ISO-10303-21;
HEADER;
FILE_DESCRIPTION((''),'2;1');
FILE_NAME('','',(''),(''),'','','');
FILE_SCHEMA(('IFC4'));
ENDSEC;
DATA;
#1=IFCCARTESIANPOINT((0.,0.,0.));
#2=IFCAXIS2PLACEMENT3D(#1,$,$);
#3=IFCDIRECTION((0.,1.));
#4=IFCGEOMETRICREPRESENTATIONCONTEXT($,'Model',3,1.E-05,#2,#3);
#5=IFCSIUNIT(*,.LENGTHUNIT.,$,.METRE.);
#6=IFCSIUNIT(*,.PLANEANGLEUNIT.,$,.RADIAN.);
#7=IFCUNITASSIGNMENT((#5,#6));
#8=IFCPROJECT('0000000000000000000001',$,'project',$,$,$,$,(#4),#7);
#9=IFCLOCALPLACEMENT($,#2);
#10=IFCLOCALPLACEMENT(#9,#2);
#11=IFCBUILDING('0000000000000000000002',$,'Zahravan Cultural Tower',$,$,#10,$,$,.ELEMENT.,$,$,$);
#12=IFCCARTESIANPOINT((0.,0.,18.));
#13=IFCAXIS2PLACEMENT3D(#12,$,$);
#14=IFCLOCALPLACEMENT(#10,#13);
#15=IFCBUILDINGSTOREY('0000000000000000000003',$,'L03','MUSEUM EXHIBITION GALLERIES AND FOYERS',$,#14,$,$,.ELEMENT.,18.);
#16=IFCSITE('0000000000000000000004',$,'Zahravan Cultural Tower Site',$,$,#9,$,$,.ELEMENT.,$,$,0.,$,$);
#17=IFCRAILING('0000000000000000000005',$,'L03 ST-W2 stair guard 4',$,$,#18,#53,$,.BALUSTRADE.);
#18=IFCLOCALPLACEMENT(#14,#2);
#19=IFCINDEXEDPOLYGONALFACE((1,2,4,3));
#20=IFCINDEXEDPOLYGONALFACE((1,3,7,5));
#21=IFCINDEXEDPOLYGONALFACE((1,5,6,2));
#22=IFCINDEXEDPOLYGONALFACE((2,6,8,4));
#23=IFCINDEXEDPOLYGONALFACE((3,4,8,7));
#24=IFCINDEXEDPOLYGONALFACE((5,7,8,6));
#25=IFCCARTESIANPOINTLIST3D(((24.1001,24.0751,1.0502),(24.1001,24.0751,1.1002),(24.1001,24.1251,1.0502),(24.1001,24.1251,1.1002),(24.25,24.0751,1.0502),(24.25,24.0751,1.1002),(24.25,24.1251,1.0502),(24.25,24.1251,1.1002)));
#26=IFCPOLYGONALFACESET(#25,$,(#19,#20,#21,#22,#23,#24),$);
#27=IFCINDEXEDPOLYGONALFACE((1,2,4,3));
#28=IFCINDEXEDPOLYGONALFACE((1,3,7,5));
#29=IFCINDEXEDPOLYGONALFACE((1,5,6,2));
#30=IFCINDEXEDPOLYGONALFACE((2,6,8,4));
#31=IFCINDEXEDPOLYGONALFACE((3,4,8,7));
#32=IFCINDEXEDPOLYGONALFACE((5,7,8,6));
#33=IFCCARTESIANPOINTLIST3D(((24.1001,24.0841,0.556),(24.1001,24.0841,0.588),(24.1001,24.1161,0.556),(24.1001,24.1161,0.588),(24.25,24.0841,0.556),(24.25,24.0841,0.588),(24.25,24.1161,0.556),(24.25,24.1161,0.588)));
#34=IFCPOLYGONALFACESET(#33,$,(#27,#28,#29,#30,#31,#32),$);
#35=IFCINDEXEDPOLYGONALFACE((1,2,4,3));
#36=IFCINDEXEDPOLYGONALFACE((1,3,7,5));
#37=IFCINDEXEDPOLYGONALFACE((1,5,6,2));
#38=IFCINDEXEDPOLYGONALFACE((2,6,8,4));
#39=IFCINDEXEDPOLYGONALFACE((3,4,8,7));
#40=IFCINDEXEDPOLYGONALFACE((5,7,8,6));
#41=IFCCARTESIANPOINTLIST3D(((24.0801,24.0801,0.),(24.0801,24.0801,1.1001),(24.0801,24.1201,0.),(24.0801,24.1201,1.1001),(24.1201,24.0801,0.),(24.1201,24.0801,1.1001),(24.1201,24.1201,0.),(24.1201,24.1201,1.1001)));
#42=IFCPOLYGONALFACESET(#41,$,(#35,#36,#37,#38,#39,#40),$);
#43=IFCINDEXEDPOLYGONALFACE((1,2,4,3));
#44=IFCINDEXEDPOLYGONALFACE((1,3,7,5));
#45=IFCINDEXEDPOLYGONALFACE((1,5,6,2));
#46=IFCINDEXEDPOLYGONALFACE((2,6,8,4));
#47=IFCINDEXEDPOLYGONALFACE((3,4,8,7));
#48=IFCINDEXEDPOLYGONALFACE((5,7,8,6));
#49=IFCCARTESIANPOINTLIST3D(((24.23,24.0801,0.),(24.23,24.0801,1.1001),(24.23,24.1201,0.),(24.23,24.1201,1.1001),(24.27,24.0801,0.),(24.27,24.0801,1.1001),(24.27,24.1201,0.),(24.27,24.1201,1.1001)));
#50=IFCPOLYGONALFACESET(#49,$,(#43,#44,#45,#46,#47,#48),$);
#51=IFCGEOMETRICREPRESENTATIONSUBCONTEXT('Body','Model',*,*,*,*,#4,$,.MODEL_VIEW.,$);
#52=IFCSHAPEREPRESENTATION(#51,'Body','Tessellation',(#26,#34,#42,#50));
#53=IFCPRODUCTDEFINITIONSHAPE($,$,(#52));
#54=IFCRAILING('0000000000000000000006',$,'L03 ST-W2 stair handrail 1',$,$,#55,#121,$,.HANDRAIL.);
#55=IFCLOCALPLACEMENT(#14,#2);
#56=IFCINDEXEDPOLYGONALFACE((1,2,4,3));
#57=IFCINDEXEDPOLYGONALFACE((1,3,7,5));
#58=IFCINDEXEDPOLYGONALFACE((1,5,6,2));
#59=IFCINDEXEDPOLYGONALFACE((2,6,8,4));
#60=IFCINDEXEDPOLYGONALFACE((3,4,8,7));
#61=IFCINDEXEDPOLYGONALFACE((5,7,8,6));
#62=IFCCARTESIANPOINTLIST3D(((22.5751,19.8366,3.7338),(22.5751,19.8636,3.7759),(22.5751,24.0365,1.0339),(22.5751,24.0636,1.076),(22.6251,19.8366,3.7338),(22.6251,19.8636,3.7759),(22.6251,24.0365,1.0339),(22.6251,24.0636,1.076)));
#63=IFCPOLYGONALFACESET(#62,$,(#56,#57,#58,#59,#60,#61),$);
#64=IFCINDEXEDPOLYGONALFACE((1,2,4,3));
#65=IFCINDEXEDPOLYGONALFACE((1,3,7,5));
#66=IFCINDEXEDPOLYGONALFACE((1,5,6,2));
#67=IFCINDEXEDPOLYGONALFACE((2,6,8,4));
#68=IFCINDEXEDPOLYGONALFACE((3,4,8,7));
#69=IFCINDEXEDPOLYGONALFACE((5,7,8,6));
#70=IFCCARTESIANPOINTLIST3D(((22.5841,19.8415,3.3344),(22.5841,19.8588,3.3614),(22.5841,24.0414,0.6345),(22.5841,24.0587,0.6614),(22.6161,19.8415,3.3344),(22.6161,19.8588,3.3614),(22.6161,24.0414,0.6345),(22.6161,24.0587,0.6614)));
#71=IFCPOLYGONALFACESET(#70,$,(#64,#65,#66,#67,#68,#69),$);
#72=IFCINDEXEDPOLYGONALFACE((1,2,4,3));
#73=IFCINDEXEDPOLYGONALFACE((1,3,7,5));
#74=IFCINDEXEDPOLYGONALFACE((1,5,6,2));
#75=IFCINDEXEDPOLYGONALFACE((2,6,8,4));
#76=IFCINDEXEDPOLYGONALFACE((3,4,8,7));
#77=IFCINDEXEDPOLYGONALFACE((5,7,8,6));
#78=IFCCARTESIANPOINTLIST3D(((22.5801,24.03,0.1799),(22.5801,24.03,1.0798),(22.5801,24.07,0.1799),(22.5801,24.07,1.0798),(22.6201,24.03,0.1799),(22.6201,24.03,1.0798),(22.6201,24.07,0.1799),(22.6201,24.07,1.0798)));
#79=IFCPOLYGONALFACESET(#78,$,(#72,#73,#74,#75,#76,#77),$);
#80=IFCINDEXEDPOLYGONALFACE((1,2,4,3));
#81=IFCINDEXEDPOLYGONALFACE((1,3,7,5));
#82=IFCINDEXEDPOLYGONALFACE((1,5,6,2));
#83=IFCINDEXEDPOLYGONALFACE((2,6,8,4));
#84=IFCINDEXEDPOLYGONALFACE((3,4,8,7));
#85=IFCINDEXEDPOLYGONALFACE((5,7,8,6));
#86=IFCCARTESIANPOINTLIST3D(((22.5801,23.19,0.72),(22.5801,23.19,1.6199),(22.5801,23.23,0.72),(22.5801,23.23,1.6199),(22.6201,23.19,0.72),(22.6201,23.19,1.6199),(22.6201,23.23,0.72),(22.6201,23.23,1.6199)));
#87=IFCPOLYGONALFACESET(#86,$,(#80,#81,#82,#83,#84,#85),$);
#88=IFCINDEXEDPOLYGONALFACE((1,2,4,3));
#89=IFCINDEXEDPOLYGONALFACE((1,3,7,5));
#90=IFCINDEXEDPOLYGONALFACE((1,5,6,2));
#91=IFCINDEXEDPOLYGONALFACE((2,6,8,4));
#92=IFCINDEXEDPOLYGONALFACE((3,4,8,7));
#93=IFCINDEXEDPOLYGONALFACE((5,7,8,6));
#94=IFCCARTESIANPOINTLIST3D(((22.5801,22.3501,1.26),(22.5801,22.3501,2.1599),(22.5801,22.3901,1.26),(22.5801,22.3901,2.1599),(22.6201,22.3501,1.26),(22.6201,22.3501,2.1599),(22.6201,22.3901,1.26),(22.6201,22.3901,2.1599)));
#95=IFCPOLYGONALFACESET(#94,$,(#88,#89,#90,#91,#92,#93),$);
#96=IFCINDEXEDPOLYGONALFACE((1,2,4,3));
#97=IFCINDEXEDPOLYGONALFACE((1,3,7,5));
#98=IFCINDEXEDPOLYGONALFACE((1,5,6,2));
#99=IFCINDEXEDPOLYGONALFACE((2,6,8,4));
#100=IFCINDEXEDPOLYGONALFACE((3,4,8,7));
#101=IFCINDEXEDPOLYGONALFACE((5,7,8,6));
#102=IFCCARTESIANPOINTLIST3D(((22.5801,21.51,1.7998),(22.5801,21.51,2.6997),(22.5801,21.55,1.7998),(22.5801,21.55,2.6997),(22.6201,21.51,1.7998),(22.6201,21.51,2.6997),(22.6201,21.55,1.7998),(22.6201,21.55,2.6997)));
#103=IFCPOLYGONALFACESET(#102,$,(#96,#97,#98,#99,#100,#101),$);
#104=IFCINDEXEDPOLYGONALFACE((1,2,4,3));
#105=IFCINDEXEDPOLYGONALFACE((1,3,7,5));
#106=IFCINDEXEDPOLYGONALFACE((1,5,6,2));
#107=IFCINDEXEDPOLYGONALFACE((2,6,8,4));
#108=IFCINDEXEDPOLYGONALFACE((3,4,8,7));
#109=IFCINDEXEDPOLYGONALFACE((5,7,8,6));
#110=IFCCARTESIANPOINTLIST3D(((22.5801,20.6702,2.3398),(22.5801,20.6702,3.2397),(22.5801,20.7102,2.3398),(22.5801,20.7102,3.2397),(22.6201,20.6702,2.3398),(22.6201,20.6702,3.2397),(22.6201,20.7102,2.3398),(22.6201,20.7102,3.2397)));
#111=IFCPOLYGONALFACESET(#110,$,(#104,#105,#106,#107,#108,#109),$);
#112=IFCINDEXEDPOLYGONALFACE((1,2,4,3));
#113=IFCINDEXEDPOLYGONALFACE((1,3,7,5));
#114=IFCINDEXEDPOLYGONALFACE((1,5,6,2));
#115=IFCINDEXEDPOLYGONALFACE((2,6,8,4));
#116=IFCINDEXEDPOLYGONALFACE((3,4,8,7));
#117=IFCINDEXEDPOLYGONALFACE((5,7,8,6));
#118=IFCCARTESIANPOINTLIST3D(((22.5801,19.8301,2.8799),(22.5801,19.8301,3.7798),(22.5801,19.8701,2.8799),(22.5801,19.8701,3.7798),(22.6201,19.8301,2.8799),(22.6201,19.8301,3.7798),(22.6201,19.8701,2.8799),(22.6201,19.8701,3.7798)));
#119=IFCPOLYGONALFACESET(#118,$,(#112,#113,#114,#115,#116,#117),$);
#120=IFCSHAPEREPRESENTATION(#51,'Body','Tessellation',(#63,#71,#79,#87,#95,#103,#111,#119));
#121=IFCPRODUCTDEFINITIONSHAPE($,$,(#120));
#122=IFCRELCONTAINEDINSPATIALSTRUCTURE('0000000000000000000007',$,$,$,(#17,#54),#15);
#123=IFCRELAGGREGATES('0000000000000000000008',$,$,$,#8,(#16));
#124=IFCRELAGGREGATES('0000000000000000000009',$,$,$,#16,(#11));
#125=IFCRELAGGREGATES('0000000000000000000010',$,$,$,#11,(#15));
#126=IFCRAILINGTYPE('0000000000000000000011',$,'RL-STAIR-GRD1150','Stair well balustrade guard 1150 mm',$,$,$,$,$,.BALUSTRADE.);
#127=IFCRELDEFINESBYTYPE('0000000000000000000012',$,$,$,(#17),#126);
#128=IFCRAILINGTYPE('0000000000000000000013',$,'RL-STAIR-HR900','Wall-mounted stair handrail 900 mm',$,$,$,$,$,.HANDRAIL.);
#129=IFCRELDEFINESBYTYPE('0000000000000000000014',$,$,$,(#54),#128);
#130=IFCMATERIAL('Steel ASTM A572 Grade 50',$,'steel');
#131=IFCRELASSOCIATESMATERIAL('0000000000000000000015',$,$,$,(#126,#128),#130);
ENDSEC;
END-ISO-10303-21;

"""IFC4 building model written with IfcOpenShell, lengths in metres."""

from ifc_helpers import new_model, si_unit, direction, frame, origin, origin_2d, place, context, subcontext, project, spatial, rectangle, extrude, material, type_object, element, save


model = new_model("IFC4")

# Units and contexts
model_context = context("Model", 3, precision=1e-05, world=origin(), true_north=direction((0.0, 1.0)))
body_context = subcontext(model_context, "Body", "Model", "MODEL_VIEW")
ifc_project = project(units=[si_unit("LENGTHUNIT", "METRE"), si_unit("PLANEANGLEUNIT", "RADIAN")], contexts=[model_context])

# Site, building, storey
site_placement = place(None, origin())
site = spatial("IfcSite", under=ifc_project, at=site_placement, Name="Zahravan Cultural Tower Site", CompositionType="ELEMENT", RefElevation=0.0)
building_placement = place(site_placement, origin())
building = spatial("IfcBuilding", under=site, at=building_placement, Name="Zahravan Cultural Tower", CompositionType="ELEMENT")
storey_placement = place(building_placement, frame((0.0, 0.0, 18.0)))
storey = spatial("IfcBuildingStorey", under=building, at=storey_placement, Name="L03", Description="MUSEUM EXHIBITION GALLERIES AND FOYERS", CompositionType="ELEMENT", Elevation=18.0)

# Shared definitions
ifc_material_1 = material(Name="Steel ASTM A572 Grade 50", Category="steel")

# Railings
railing_type_1 = type_object("IfcRailingType", Name="RL-STAIR-GRD1150", Description="Stair well balustrade guard 1150 mm", PredefinedType="BALUSTRADE", material=ifc_material_1)
railing_1_placement = place(storey_placement, frame((24.1001, 24.1001, 0.0)))
element("IfcRailing", 1, at=railing_1_placement, inside=storey, type_object=railing_type_1, Name="L03 ST-W2 stair guard 4", PredefinedType="BALUSTRADE", context=body_context, shape_type="SweptSolid", body=[
    extrude(rectangle(XDim=0.05, YDim=0.05, at=origin_2d()), frame((0.0, 0.0, 1.0752), z_axis=(1.0, 0.0, 0.0), x_axis=(0.0, 1.0, 0.0)), (0.0, 0.0, 1.0), 0.1499),
    extrude(rectangle(XDim=0.032, YDim=0.032, at=origin_2d()), frame((0.0, 0.0, 0.572), z_axis=(1.0, 0.0, 0.0), x_axis=(0.0, 1.0, 0.0)), (0.0, 0.0, 1.0), 0.1499),
    extrude(rectangle(XDim=0.04, YDim=0.04, at=origin_2d()), origin(), (0.0, 0.0, 1.0), 1.1001),
    extrude(rectangle(XDim=0.04, YDim=0.04, at=origin_2d()), frame((0.1499, 0.0, 0.0)), (0.0, 0.0, 1.0), 1.1001),
])
railing_type_2 = type_object("IfcRailingType", Name="RL-STAIR-HR900", Description="Wall-mounted stair handrail 900 mm", PredefinedType="HANDRAIL", material=ifc_material_1)
railing_2_placement = place(storey_placement, frame((22.6001, 24.05, 0.1799)))
element("IfcRailing", 2, at=railing_2_placement, inside=storey, type_object=railing_type_2, Name="L03 ST-W2 stair handrail 1", PredefinedType="HANDRAIL", context=body_context, shape_type="SweptSolid", body=[
    extrude(rectangle(XDim=0.05, YDim=0.05, at=origin_2d()), frame((0.0, 0.0, 0.875), z_axis=(0.0, -0.84118, 0.540755), x_axis=(1.0, 0.0, 0.0)), (0.0, 0.0, 1.0), 4.9929),
    extrude(rectangle(XDim=0.032, YDim=0.032, at=origin_2d()), frame((0.0, 0.0, 0.468), z_axis=(0.0, -0.84118, 0.540755), x_axis=(1.0, 0.0, 0.0)), (0.0, 0.0, 1.0), 4.9929),
    extrude(rectangle(XDim=0.04, YDim=0.04, at=origin_2d()), origin(), (0.0, 0.0, 1.0), 0.8999),
    extrude(rectangle(XDim=0.04, YDim=0.04, at=origin_2d()), frame((0.0, -0.8401, 0.54)), (0.0, 0.0, 1.0), 0.8999),
    extrude(rectangle(XDim=0.04, YDim=0.04, at=origin_2d()), frame((0.0, -1.6799, 1.0801)), (0.0, 0.0, 1.0), 0.8999),
    extrude(rectangle(XDim=0.04, YDim=0.04, at=origin_2d()), frame((0.0, -2.52, 1.6199)), (0.0, 0.0, 1.0), 0.8999),
    extrude(rectangle(XDim=0.04, YDim=0.04, at=origin_2d()), frame((0.0, -3.3599, 2.1599)), (0.0, 0.0, 1.0), 0.8999),
    extrude(rectangle(XDim=0.04, YDim=0.04, at=origin_2d()), frame((0.0, -4.2, 2.7)), (0.0, 0.0, 1.0), 0.8999),
])

save(model, "model.ifc")
